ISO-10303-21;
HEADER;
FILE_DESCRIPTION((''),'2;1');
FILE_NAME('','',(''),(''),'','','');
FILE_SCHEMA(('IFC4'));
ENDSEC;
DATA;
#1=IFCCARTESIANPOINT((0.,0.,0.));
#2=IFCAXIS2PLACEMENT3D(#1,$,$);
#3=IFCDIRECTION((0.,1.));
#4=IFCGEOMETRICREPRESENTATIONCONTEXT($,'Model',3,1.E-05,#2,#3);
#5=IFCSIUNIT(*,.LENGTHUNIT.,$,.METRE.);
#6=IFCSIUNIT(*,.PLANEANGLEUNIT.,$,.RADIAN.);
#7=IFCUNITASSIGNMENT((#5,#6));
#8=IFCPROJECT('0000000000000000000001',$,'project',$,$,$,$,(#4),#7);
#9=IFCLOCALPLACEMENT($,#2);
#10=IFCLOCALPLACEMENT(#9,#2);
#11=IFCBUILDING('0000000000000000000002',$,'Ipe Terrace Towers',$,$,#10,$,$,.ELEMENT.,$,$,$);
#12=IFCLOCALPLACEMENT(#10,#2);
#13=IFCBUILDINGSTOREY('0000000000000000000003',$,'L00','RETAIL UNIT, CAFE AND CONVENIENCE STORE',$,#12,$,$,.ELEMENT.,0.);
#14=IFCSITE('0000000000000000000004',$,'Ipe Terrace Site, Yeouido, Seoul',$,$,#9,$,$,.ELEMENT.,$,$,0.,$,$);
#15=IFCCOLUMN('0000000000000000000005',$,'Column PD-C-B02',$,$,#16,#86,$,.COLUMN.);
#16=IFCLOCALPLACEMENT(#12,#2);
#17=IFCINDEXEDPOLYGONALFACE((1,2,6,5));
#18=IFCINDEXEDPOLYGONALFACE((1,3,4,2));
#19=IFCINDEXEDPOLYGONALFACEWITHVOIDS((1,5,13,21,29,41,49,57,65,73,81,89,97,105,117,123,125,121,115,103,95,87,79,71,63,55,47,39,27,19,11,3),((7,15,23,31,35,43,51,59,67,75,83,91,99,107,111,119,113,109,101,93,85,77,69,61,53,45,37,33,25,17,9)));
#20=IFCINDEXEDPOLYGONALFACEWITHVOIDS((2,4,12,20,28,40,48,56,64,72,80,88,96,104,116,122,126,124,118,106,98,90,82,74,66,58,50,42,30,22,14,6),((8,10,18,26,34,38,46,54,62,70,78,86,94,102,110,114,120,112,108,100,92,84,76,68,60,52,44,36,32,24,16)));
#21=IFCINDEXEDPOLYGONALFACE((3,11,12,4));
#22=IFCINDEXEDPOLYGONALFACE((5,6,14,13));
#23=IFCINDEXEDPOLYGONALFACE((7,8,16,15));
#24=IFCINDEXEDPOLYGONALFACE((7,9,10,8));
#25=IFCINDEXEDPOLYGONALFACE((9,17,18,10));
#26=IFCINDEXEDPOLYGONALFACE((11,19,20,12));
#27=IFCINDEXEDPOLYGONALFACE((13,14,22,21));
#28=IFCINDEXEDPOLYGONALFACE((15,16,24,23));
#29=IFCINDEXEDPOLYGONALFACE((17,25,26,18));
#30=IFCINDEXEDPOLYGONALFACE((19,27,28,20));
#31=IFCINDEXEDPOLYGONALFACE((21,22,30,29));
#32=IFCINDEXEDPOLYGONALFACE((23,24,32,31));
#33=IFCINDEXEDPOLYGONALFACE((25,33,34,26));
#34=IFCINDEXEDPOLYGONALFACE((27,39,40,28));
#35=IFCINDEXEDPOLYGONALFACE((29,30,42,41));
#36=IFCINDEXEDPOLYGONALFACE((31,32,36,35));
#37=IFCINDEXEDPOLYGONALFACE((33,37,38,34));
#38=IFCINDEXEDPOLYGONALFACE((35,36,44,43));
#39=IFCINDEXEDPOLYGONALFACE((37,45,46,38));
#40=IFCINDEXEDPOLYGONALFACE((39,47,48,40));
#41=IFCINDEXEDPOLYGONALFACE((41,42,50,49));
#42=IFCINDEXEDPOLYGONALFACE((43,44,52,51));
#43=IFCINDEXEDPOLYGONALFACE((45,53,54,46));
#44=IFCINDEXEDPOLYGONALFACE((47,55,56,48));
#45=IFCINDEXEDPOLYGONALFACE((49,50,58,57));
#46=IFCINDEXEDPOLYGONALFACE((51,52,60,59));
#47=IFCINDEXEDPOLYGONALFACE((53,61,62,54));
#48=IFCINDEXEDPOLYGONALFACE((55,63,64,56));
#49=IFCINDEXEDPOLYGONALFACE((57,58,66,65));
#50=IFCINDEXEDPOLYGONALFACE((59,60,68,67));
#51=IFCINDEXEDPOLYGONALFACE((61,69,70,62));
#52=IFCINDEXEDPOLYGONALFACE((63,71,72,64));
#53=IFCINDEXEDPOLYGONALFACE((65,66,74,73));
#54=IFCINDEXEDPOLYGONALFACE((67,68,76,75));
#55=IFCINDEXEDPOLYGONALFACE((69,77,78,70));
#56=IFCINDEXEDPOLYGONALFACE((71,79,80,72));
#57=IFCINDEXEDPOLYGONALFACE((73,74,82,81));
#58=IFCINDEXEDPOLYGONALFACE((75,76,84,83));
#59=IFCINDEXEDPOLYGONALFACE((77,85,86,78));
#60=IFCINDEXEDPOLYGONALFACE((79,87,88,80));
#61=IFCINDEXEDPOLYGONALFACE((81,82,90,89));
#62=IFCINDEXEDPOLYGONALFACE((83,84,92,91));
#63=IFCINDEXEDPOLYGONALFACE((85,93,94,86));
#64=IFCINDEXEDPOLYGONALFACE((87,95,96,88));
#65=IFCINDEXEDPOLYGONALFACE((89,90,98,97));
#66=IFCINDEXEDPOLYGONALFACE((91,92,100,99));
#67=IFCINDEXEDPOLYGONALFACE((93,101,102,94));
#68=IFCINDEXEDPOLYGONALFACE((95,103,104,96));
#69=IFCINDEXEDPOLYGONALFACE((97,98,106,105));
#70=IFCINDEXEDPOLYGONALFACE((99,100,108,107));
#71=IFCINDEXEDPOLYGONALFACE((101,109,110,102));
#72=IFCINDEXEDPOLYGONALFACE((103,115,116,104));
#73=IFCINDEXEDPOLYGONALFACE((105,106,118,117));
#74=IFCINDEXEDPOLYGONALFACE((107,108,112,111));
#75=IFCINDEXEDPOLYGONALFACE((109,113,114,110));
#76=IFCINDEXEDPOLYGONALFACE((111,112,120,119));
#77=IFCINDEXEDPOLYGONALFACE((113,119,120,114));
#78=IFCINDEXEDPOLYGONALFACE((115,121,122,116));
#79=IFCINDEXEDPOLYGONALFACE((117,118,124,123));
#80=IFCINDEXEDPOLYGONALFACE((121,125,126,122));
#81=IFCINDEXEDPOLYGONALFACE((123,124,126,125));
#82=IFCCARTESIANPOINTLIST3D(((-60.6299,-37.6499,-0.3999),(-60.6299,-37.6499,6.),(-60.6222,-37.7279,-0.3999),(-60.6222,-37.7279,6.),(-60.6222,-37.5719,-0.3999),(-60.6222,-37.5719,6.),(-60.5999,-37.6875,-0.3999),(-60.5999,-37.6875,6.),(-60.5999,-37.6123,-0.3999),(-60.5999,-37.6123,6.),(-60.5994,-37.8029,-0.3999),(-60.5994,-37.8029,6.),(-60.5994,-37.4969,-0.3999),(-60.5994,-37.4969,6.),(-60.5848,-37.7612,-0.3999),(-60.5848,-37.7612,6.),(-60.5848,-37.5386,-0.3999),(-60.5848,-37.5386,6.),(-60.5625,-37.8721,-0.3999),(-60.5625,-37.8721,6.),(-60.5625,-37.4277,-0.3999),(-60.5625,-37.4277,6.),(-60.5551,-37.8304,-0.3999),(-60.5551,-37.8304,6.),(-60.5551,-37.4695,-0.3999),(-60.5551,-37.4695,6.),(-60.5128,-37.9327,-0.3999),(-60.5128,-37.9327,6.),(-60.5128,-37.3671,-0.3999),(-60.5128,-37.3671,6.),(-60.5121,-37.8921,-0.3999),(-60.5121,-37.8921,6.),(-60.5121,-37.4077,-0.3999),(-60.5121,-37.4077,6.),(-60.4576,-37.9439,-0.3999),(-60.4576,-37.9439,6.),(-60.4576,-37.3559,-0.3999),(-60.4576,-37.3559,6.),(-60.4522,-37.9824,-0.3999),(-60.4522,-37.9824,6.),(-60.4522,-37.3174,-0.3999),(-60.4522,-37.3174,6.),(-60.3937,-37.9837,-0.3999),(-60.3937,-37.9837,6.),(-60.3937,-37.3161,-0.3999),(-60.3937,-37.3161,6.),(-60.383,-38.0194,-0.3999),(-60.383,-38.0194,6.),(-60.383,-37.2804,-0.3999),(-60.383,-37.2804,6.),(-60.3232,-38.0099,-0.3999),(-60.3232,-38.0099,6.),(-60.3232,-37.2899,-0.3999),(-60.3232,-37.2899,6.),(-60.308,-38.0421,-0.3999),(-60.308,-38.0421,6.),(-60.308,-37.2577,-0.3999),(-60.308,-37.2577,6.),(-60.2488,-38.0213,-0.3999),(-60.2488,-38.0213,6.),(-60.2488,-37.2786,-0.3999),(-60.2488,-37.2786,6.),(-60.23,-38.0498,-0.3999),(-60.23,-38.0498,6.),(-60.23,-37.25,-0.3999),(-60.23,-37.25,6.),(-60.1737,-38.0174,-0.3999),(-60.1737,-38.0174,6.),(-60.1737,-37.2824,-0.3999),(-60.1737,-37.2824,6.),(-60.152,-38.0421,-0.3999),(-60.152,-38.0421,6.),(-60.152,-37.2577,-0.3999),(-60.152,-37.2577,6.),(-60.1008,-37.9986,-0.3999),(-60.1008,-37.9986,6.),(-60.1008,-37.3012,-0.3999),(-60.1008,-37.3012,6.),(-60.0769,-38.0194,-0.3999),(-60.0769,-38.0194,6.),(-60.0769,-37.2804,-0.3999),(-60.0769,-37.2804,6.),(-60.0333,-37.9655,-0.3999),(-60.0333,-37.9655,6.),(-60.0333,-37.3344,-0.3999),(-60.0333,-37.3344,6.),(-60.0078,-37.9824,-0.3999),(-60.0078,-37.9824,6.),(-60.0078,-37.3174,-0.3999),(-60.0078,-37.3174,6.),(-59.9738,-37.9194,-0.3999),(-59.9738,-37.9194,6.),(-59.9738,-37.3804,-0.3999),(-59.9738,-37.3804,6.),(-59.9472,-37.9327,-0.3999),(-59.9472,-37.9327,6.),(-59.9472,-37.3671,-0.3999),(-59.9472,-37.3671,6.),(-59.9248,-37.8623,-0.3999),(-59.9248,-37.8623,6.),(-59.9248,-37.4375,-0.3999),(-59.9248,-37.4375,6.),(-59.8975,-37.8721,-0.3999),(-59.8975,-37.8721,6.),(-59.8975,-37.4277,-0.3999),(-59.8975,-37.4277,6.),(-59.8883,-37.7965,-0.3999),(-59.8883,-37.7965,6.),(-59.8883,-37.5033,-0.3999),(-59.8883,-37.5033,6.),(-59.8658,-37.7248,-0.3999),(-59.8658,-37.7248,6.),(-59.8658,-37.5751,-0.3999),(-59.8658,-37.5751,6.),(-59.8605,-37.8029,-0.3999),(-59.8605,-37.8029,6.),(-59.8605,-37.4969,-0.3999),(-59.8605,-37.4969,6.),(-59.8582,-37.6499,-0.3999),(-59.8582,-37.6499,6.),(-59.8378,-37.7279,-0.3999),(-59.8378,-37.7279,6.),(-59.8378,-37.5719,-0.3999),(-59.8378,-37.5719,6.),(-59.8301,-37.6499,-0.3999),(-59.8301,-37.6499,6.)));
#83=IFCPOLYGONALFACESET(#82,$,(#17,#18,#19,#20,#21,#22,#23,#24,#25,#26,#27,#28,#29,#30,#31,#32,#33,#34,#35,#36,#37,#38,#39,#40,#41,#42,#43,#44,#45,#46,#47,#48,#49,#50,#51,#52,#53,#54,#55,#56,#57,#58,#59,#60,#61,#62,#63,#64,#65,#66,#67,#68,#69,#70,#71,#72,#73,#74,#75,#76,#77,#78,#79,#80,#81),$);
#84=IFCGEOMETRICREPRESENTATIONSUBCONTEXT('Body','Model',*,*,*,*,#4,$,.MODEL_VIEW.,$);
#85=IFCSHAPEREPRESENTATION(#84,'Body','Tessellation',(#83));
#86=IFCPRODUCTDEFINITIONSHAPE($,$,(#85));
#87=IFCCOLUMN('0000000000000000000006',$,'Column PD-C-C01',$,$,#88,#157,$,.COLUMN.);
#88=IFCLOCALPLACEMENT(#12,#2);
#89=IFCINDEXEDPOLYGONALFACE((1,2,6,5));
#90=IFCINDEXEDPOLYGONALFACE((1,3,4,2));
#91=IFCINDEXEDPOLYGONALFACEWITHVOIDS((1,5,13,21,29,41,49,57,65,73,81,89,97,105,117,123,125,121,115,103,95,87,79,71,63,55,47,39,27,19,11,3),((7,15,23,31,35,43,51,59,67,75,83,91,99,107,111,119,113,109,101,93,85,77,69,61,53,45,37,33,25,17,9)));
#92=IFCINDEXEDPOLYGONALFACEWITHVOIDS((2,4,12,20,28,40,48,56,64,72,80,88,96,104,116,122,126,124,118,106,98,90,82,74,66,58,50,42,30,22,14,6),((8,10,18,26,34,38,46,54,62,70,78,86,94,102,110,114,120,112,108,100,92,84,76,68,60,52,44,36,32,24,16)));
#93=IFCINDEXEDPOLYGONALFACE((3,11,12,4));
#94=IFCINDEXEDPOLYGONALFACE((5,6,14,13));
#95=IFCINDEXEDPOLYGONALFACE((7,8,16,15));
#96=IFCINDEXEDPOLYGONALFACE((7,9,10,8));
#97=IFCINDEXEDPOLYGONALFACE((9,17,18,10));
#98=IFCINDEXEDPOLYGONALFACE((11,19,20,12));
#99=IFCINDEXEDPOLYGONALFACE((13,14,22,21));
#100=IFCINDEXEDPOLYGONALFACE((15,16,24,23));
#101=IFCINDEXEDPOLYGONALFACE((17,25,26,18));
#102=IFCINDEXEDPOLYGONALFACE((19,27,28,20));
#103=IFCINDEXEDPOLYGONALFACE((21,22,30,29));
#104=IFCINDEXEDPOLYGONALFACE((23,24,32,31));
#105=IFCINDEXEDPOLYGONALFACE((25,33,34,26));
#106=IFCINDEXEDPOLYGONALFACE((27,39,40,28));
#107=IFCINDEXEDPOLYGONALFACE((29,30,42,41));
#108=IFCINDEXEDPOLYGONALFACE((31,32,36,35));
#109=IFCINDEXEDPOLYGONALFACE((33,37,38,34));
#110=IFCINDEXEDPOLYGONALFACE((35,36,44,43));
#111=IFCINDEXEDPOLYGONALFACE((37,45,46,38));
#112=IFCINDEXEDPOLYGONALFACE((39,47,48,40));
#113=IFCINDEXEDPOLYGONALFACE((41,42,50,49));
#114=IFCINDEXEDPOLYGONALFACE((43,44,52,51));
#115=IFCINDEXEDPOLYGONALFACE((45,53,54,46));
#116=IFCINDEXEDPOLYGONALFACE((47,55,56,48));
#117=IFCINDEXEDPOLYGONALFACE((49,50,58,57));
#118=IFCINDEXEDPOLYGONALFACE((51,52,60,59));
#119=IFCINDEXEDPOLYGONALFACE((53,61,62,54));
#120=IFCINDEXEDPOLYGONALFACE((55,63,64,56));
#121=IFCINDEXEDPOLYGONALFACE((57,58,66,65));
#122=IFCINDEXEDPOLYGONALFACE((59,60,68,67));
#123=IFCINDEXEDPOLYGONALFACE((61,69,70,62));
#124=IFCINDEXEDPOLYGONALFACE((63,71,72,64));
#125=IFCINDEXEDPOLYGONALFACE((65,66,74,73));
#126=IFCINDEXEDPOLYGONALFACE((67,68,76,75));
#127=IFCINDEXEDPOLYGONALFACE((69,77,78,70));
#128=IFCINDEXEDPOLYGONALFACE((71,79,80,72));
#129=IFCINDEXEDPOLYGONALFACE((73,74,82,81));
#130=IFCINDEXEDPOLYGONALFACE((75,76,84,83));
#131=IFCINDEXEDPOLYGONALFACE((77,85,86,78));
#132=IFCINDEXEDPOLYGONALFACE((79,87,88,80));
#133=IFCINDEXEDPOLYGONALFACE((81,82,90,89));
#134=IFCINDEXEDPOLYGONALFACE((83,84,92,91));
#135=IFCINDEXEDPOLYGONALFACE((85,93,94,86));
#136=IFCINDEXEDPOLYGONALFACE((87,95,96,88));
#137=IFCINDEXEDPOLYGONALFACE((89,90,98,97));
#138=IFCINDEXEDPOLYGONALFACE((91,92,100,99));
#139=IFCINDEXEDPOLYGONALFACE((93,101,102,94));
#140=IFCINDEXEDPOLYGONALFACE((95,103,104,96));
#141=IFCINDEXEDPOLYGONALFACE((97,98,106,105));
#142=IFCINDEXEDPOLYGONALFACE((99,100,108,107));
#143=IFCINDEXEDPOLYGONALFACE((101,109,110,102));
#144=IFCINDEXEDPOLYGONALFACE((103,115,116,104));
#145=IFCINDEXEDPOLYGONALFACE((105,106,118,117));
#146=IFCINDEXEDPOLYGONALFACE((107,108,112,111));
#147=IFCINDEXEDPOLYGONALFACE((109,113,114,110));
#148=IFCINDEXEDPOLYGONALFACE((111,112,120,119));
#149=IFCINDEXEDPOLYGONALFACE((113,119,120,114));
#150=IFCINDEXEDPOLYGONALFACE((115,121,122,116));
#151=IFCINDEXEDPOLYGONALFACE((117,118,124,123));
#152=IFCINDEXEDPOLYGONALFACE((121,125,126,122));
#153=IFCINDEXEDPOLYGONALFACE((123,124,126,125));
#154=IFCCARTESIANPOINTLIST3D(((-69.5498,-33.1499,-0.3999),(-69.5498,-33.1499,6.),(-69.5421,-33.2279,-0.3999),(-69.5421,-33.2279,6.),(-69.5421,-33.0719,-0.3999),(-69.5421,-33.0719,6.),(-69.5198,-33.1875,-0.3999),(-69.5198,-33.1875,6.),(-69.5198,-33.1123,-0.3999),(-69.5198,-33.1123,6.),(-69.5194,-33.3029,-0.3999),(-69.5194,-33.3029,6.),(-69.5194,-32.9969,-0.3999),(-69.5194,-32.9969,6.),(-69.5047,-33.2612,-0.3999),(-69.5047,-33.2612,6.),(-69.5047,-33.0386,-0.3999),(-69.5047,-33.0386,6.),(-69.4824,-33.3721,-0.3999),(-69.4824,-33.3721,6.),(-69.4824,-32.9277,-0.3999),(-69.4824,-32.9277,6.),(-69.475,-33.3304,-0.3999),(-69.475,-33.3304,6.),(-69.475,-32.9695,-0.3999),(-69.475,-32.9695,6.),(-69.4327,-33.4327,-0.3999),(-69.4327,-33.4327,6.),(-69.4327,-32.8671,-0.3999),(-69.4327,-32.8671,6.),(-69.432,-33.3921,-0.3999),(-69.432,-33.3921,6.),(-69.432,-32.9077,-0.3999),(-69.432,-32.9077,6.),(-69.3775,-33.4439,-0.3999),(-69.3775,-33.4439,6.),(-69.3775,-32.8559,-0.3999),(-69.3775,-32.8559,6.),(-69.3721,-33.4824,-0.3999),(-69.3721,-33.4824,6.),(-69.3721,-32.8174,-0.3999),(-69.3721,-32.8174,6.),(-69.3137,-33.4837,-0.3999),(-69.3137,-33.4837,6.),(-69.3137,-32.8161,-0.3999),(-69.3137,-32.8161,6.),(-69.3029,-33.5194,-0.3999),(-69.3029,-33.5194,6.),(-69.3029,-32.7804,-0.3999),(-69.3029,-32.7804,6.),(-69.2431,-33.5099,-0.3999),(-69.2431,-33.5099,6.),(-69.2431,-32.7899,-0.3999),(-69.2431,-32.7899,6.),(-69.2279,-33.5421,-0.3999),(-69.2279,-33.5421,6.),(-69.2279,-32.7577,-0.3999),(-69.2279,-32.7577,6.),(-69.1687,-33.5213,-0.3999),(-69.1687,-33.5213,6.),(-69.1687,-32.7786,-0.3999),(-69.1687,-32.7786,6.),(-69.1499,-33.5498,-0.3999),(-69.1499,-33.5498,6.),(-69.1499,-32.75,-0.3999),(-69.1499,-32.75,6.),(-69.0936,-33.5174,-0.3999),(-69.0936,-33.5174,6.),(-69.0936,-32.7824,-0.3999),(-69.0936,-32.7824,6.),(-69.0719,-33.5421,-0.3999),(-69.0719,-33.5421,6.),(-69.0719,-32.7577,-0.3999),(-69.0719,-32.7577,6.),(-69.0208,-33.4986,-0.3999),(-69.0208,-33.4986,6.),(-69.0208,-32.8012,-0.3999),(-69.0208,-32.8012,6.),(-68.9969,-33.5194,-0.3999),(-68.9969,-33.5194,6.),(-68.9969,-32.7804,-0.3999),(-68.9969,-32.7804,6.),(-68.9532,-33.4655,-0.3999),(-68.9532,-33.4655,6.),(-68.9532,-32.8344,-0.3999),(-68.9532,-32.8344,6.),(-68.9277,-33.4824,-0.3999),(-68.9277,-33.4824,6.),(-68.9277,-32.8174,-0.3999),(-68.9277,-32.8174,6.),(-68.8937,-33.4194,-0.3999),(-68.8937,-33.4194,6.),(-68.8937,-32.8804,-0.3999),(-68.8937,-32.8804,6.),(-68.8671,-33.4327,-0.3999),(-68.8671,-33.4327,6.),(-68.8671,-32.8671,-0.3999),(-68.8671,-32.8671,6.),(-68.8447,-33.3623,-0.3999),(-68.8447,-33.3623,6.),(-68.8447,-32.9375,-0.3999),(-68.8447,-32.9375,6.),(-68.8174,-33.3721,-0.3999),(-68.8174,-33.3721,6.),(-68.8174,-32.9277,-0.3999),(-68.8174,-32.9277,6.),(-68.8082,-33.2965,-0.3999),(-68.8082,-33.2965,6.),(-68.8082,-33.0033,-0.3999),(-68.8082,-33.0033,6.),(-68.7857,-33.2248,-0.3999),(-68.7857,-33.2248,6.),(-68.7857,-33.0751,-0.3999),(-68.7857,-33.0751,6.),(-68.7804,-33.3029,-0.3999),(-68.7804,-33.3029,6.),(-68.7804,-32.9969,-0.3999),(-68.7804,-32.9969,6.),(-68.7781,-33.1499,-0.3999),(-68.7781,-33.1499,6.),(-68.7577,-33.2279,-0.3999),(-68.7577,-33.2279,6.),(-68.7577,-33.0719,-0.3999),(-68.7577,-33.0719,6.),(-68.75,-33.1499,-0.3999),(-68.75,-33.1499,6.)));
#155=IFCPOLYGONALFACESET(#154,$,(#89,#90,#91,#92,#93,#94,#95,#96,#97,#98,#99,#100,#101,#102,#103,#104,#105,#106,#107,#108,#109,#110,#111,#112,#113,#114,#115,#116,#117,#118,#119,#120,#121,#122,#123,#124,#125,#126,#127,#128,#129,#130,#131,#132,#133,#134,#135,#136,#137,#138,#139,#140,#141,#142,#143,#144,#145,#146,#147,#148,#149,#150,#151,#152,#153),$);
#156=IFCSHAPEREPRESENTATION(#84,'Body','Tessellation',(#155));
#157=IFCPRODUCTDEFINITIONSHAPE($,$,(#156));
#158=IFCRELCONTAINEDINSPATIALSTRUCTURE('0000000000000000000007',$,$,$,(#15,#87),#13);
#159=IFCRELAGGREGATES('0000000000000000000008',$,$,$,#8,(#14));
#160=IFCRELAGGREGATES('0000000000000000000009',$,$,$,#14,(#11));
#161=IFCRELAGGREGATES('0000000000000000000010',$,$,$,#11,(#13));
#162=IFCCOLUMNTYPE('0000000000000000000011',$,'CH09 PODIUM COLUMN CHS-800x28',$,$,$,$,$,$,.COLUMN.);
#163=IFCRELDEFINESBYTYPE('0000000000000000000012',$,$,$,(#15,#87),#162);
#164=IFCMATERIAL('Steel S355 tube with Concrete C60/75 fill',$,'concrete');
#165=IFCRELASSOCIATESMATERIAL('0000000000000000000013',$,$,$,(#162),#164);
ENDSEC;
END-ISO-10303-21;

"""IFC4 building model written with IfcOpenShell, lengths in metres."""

from ifc_helpers import new_model, si_unit, direction, frame, origin, origin_2d, place, context, subcontext, project, spatial, hollow_circle, extrude, material, material_profile, profile_set, type_object, element, save


model = new_model("IFC4")

# Units and contexts
model_context = context("Model", 3, precision=1e-05, world=origin(), true_north=direction((0.0, 1.0)))
body_context = subcontext(model_context, "Body", "Model", "MODEL_VIEW")
ifc_project = project(units=[si_unit("LENGTHUNIT", "METRE"), si_unit("PLANEANGLEUNIT", "RADIAN")], contexts=[model_context])

# Site, building, storey
site_placement = place(None, origin())
site = spatial("IfcSite", under=ifc_project, at=site_placement, Name="Ipe Terrace Site, Yeouido, Seoul", CompositionType="ELEMENT", RefElevation=0.0)
building_placement = place(site_placement, origin())
building = spatial("IfcBuilding", under=site, at=building_placement, Name="Ipe Terrace Towers", CompositionType="ELEMENT")
storey_placement = place(building_placement, origin())
storey = spatial("IfcBuildingStorey", under=building, at=storey_placement, Name="L00", Description="RETAIL UNIT, CAFE AND CONVENIENCE STORE", CompositionType="ELEMENT", Elevation=0.0)

# Columns
ifc_material_1 = material(Name="Steel S355 tube with Concrete C60/75 fill", Category="concrete")
ifc_material_profile_1 = material_profile(ifc_material_1, hollow_circle(Radius=0.3999, WallThickness=0.0281, at=origin_2d()), Name="CHS-800x28")
ifc_profile_set_1 = profile_set([ifc_material_profile_1], Name="Steel S355 tube with Concrete C60/75 fill")
column_type_1 = type_object("IfcColumnType", Name="CH09 PODIUM COLUMN CHS-800x28", PredefinedType="COLUMN", material=ifc_profile_set_1)
for number, where, z_axis, x_axis, name in (
    (1, (-60.23, -37.6499, -0.3999), (0.0, 0.0, 1.0), (1.0, 0.0, 0.0), "Column PD-C-B02"),
    (2, (-69.1499, -33.1499, -0.3999), (0.0, 0.0, 1.0), (1.0, 0.0, 0.0), "Column PD-C-C01"),
):
    element("IfcColumn", number, at=place(storey_placement, frame(where, z_axis=z_axis, x_axis=x_axis)), inside=storey, type_object=column_type_1, Name=name, PredefinedType="COLUMN", context=body_context, shape_type="SweptSolid", body=[
        extrude(hollow_circle(Radius=0.3999, WallThickness=0.0281, at=origin_2d()), origin(), (0.0, 0.0, 1.0), 6.3999),
    ])

save(model, "model.ifc")
